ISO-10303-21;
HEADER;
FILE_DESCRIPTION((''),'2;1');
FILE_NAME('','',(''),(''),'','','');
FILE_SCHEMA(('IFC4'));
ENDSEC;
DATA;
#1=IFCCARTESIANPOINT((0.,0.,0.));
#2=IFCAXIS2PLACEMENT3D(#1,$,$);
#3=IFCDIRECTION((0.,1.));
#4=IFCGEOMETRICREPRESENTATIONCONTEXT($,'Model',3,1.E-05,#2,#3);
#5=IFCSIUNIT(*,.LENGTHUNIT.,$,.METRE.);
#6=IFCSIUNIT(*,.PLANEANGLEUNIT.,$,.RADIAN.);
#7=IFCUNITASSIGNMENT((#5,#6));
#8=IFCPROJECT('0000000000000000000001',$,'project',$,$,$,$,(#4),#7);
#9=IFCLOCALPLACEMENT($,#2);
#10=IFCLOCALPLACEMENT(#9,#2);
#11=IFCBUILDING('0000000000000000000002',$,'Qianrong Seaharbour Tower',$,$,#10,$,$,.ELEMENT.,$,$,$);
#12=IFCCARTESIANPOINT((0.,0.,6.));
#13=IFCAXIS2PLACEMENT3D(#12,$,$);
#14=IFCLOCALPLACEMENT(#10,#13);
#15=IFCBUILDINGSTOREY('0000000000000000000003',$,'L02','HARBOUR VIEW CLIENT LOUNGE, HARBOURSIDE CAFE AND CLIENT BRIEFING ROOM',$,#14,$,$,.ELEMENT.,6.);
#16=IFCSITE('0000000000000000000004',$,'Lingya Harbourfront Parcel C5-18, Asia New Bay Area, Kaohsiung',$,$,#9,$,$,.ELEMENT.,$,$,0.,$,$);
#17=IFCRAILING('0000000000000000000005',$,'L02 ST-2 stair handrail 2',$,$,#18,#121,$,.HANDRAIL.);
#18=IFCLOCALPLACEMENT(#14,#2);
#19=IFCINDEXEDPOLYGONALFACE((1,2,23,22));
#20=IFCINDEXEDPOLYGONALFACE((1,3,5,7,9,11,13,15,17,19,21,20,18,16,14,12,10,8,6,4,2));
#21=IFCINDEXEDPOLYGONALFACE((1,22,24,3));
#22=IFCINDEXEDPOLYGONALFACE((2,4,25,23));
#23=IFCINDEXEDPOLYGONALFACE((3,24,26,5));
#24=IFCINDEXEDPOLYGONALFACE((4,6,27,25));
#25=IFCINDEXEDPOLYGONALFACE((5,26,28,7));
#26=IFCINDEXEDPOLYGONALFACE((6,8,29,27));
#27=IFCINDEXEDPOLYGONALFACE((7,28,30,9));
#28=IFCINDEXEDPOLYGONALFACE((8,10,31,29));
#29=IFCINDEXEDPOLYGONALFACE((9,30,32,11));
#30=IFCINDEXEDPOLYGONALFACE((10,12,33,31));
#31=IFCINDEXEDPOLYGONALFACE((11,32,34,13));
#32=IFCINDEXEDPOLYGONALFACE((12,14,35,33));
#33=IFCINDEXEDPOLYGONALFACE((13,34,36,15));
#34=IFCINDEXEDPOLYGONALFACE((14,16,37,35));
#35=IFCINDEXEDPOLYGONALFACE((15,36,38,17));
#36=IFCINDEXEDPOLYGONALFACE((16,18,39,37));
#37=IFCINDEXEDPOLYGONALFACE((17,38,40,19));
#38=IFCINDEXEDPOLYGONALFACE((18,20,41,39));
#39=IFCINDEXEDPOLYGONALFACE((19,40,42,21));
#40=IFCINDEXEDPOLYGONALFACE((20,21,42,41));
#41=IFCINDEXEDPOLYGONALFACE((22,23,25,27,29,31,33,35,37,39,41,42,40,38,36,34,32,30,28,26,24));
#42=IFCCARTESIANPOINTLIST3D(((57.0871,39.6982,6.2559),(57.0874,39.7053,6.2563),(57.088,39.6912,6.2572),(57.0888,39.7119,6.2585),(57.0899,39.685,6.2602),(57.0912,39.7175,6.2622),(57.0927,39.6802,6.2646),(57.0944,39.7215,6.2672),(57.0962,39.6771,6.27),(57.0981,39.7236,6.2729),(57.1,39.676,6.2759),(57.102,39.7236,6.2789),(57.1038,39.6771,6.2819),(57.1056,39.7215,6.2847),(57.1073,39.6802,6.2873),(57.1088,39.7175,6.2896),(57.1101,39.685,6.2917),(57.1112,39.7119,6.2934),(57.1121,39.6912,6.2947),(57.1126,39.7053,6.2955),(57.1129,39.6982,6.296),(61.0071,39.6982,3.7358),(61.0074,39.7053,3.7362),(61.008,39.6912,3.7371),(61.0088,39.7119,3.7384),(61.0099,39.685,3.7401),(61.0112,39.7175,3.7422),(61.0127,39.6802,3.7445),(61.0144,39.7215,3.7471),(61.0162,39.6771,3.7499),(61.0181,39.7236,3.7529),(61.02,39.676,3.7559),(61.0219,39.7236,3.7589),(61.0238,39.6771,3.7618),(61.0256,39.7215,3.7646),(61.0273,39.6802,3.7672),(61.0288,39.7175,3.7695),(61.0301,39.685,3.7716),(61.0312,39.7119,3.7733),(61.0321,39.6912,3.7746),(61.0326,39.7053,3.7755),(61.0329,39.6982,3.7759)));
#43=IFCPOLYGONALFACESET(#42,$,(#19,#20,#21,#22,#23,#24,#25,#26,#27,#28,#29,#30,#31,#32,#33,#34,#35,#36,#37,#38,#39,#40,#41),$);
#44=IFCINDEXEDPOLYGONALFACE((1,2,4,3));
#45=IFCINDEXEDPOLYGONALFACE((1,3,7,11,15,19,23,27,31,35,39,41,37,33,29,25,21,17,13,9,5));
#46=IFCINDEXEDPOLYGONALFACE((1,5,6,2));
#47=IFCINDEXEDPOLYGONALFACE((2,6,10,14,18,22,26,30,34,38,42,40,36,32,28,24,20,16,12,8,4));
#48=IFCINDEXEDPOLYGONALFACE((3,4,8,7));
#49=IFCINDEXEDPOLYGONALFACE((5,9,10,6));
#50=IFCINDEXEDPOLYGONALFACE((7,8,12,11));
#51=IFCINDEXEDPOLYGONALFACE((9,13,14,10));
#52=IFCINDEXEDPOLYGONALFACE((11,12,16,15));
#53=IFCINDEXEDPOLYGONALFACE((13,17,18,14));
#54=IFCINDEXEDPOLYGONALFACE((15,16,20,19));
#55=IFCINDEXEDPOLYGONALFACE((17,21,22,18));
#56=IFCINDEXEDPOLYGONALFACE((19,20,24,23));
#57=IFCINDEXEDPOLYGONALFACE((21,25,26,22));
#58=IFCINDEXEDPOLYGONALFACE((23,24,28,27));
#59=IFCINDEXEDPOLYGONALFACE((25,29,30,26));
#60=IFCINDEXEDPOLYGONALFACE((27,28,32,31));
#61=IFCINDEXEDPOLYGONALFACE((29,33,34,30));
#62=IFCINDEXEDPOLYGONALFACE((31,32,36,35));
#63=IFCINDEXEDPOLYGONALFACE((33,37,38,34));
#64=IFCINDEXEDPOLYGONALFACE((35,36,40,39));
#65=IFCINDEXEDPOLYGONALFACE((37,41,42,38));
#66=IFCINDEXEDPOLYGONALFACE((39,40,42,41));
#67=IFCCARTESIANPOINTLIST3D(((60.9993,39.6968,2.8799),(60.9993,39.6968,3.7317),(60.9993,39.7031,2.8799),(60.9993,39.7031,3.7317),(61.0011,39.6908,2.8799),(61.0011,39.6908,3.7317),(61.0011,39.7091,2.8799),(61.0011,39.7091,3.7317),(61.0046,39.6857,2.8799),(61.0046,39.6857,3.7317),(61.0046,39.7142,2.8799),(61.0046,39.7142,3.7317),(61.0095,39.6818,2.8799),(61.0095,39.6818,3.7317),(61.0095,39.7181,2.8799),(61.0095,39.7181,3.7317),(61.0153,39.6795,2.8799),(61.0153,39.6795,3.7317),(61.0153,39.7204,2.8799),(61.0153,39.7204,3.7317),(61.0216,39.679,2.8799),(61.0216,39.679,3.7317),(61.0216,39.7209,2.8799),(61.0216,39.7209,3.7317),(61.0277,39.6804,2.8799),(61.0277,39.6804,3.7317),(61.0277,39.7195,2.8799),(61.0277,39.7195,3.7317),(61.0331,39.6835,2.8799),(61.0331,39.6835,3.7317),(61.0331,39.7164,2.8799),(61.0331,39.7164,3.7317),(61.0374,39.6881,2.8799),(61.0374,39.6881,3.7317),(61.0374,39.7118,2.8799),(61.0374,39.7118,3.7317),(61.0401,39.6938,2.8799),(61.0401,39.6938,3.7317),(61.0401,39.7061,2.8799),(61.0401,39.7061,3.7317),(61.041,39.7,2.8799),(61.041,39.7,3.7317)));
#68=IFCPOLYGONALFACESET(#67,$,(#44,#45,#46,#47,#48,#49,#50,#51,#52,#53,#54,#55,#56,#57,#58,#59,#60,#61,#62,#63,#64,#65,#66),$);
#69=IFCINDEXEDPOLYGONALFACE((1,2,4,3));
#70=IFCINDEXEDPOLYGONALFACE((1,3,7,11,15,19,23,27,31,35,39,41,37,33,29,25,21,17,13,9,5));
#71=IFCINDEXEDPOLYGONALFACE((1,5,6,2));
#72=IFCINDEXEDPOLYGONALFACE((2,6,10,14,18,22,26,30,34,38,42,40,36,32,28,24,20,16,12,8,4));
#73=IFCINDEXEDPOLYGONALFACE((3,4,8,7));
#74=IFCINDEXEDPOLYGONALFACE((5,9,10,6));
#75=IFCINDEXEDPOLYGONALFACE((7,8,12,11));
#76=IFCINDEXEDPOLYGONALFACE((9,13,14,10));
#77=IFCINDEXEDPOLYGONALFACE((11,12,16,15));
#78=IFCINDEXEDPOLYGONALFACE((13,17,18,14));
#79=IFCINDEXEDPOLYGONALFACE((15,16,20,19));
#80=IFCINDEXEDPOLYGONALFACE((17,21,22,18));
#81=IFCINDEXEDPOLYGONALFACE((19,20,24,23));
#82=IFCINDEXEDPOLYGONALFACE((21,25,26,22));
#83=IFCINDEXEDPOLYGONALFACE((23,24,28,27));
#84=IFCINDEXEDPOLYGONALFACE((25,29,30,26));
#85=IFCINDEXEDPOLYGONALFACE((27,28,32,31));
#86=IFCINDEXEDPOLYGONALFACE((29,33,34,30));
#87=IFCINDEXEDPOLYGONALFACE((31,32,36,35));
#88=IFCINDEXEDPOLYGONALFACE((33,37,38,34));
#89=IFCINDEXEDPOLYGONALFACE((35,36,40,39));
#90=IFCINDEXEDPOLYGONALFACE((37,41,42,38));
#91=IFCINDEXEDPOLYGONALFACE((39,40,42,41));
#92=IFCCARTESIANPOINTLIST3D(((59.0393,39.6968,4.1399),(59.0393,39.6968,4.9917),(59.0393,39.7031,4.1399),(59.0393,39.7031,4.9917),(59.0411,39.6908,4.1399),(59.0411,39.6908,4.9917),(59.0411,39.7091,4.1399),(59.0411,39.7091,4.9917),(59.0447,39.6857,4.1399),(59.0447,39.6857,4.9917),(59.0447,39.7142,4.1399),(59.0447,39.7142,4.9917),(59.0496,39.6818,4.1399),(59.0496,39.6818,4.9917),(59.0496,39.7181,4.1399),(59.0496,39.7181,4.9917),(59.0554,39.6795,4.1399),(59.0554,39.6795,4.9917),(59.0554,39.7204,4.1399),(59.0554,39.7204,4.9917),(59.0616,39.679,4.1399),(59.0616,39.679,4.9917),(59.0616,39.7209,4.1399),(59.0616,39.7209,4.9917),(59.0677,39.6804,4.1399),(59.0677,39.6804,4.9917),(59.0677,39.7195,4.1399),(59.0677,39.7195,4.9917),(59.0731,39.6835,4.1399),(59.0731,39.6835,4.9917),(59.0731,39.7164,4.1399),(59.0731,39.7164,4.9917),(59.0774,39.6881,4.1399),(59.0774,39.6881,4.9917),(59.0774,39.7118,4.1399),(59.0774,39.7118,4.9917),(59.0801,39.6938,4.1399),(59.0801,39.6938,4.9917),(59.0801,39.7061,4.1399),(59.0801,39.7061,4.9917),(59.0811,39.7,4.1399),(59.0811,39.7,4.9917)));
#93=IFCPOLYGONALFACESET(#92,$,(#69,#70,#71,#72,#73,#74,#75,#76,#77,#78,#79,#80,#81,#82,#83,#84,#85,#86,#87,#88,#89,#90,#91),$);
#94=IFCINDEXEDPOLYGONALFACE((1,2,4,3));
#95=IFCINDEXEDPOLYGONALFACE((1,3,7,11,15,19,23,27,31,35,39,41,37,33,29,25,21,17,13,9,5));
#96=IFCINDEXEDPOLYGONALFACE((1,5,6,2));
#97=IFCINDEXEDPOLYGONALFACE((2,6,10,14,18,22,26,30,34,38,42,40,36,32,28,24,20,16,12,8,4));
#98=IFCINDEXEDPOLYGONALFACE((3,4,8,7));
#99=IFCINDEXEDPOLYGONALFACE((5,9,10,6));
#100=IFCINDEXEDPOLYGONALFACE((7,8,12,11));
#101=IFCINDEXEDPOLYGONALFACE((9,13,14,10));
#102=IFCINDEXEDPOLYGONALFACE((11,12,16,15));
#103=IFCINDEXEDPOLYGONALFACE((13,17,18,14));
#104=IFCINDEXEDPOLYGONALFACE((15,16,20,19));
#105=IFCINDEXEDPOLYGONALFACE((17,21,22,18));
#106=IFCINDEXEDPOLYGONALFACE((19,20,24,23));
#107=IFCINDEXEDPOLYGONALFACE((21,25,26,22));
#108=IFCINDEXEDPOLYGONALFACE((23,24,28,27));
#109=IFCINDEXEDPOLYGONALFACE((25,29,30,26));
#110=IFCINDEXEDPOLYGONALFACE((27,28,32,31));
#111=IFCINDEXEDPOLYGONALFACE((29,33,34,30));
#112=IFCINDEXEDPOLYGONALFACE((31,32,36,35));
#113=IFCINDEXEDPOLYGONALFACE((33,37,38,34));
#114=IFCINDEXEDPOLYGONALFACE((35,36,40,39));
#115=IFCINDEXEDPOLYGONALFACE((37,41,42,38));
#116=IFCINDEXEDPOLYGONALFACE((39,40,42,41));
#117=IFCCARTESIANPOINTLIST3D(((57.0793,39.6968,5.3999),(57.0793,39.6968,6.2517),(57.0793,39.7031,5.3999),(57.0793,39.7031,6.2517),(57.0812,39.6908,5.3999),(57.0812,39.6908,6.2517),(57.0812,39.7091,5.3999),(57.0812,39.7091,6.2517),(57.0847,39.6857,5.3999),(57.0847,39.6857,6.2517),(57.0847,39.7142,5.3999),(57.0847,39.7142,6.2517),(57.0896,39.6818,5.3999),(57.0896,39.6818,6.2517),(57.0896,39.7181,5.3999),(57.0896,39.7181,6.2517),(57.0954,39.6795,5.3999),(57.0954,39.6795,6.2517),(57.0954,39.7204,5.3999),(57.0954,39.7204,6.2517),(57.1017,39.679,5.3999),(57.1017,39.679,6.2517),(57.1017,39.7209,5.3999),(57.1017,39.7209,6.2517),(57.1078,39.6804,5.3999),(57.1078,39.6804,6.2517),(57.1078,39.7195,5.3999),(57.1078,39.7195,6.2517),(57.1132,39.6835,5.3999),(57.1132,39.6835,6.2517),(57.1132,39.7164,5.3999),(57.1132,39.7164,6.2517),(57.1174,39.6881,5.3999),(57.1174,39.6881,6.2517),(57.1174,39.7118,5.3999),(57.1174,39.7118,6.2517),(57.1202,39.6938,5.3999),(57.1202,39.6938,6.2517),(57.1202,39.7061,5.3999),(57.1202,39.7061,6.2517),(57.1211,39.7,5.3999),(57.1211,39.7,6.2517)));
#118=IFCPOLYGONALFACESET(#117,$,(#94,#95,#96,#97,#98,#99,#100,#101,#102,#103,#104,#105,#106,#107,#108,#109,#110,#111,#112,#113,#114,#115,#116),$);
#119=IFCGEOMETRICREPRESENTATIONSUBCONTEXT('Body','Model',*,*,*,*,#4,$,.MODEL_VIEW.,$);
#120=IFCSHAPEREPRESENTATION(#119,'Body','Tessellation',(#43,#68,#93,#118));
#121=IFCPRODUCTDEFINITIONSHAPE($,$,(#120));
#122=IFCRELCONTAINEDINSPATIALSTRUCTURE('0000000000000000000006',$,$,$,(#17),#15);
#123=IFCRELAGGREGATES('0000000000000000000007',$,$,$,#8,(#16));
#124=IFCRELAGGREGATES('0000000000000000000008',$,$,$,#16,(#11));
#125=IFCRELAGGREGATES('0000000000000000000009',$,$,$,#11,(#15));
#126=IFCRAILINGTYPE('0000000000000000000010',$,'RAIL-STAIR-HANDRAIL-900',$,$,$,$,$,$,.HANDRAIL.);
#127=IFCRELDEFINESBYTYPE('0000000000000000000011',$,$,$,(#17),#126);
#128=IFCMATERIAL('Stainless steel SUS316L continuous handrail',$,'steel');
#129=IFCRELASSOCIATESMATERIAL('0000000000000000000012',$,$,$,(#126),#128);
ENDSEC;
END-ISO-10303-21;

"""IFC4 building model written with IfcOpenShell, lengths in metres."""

from ifc_helpers import new_model, si_unit, direction, frame, origin, origin_2d, place, context, subcontext, project, spatial, circle, extrude, material, type_object, element, save


model = new_model("IFC4")

# Units and contexts
model_context = context("Model", 3, precision=1e-05, world=origin(), true_north=direction((0.0, 1.0)))
body_context = subcontext(model_context, "Body", "Model", "MODEL_VIEW")
ifc_project = project(units=[si_unit("LENGTHUNIT", "METRE"), si_unit("PLANEANGLEUNIT", "RADIAN")], contexts=[model_context])

# Site, building, storey
site_placement = place(None, origin())
site = spatial("IfcSite", under=ifc_project, at=site_placement, Name="Lingya Harbourfront Parcel C5-18, Asia New Bay Area, Kaohsiung", CompositionType="ELEMENT", RefElevation=0.0)
building_placement = place(site_placement, origin())
building = spatial("IfcBuilding", under=site, at=building_placement, Name="Qianrong Seaharbour Tower", CompositionType="ELEMENT")
storey_placement = place(building_placement, frame((0.0, 0.0, 6.0)))
storey = spatial("IfcBuildingStorey", under=building, at=storey_placement, Name="L02", Description="HARBOUR VIEW CLIENT LOUNGE, HARBOURSIDE CAFE AND CLIENT BRIEFING ROOM", CompositionType="ELEMENT", Elevation=6.0)

# Railing
ifc_material_1 = material(Name="Stainless steel SUS316L continuous handrail", Category="steel")
railing_type_1 = type_object("IfcRailingType", Name="RAIL-STAIR-HANDRAIL-900", PredefinedType="HANDRAIL", material=ifc_material_1)
railing_1_placement = place(storey_placement, frame((61.02, 39.7, 2.8799)))
element("IfcRailing", 1, at=railing_1_placement, inside=storey, type_object=railing_type_1, Name="L02 ST-2 stair handrail 2", PredefinedType="HANDRAIL", context=body_context, shape_type="SweptSolid", body=[
    extrude(circle(Radius=0.0239, at=origin_2d()), frame((0.0, 0.0, 0.876), z_axis=(-0.841172, 0.0, 0.540768), x_axis=(0.0, -1.0, 0.0)), (0.0, 0.0, 1.0), 4.6602),
    extrude(circle(Radius=0.021, at=origin_2d()), origin(), (0.0, 0.0, 1.0), 0.8518),
    extrude(circle(Radius=0.021, at=origin_2d()), frame((-1.96, 0.0, 1.26)), (0.0, 0.0, 1.0), 0.8518),
    extrude(circle(Radius=0.021, at=origin_2d()), frame((-3.9199, 0.0, 2.52)), (0.0, 0.0, 1.0), 0.8518),
])

save(model, "model.ifc")
